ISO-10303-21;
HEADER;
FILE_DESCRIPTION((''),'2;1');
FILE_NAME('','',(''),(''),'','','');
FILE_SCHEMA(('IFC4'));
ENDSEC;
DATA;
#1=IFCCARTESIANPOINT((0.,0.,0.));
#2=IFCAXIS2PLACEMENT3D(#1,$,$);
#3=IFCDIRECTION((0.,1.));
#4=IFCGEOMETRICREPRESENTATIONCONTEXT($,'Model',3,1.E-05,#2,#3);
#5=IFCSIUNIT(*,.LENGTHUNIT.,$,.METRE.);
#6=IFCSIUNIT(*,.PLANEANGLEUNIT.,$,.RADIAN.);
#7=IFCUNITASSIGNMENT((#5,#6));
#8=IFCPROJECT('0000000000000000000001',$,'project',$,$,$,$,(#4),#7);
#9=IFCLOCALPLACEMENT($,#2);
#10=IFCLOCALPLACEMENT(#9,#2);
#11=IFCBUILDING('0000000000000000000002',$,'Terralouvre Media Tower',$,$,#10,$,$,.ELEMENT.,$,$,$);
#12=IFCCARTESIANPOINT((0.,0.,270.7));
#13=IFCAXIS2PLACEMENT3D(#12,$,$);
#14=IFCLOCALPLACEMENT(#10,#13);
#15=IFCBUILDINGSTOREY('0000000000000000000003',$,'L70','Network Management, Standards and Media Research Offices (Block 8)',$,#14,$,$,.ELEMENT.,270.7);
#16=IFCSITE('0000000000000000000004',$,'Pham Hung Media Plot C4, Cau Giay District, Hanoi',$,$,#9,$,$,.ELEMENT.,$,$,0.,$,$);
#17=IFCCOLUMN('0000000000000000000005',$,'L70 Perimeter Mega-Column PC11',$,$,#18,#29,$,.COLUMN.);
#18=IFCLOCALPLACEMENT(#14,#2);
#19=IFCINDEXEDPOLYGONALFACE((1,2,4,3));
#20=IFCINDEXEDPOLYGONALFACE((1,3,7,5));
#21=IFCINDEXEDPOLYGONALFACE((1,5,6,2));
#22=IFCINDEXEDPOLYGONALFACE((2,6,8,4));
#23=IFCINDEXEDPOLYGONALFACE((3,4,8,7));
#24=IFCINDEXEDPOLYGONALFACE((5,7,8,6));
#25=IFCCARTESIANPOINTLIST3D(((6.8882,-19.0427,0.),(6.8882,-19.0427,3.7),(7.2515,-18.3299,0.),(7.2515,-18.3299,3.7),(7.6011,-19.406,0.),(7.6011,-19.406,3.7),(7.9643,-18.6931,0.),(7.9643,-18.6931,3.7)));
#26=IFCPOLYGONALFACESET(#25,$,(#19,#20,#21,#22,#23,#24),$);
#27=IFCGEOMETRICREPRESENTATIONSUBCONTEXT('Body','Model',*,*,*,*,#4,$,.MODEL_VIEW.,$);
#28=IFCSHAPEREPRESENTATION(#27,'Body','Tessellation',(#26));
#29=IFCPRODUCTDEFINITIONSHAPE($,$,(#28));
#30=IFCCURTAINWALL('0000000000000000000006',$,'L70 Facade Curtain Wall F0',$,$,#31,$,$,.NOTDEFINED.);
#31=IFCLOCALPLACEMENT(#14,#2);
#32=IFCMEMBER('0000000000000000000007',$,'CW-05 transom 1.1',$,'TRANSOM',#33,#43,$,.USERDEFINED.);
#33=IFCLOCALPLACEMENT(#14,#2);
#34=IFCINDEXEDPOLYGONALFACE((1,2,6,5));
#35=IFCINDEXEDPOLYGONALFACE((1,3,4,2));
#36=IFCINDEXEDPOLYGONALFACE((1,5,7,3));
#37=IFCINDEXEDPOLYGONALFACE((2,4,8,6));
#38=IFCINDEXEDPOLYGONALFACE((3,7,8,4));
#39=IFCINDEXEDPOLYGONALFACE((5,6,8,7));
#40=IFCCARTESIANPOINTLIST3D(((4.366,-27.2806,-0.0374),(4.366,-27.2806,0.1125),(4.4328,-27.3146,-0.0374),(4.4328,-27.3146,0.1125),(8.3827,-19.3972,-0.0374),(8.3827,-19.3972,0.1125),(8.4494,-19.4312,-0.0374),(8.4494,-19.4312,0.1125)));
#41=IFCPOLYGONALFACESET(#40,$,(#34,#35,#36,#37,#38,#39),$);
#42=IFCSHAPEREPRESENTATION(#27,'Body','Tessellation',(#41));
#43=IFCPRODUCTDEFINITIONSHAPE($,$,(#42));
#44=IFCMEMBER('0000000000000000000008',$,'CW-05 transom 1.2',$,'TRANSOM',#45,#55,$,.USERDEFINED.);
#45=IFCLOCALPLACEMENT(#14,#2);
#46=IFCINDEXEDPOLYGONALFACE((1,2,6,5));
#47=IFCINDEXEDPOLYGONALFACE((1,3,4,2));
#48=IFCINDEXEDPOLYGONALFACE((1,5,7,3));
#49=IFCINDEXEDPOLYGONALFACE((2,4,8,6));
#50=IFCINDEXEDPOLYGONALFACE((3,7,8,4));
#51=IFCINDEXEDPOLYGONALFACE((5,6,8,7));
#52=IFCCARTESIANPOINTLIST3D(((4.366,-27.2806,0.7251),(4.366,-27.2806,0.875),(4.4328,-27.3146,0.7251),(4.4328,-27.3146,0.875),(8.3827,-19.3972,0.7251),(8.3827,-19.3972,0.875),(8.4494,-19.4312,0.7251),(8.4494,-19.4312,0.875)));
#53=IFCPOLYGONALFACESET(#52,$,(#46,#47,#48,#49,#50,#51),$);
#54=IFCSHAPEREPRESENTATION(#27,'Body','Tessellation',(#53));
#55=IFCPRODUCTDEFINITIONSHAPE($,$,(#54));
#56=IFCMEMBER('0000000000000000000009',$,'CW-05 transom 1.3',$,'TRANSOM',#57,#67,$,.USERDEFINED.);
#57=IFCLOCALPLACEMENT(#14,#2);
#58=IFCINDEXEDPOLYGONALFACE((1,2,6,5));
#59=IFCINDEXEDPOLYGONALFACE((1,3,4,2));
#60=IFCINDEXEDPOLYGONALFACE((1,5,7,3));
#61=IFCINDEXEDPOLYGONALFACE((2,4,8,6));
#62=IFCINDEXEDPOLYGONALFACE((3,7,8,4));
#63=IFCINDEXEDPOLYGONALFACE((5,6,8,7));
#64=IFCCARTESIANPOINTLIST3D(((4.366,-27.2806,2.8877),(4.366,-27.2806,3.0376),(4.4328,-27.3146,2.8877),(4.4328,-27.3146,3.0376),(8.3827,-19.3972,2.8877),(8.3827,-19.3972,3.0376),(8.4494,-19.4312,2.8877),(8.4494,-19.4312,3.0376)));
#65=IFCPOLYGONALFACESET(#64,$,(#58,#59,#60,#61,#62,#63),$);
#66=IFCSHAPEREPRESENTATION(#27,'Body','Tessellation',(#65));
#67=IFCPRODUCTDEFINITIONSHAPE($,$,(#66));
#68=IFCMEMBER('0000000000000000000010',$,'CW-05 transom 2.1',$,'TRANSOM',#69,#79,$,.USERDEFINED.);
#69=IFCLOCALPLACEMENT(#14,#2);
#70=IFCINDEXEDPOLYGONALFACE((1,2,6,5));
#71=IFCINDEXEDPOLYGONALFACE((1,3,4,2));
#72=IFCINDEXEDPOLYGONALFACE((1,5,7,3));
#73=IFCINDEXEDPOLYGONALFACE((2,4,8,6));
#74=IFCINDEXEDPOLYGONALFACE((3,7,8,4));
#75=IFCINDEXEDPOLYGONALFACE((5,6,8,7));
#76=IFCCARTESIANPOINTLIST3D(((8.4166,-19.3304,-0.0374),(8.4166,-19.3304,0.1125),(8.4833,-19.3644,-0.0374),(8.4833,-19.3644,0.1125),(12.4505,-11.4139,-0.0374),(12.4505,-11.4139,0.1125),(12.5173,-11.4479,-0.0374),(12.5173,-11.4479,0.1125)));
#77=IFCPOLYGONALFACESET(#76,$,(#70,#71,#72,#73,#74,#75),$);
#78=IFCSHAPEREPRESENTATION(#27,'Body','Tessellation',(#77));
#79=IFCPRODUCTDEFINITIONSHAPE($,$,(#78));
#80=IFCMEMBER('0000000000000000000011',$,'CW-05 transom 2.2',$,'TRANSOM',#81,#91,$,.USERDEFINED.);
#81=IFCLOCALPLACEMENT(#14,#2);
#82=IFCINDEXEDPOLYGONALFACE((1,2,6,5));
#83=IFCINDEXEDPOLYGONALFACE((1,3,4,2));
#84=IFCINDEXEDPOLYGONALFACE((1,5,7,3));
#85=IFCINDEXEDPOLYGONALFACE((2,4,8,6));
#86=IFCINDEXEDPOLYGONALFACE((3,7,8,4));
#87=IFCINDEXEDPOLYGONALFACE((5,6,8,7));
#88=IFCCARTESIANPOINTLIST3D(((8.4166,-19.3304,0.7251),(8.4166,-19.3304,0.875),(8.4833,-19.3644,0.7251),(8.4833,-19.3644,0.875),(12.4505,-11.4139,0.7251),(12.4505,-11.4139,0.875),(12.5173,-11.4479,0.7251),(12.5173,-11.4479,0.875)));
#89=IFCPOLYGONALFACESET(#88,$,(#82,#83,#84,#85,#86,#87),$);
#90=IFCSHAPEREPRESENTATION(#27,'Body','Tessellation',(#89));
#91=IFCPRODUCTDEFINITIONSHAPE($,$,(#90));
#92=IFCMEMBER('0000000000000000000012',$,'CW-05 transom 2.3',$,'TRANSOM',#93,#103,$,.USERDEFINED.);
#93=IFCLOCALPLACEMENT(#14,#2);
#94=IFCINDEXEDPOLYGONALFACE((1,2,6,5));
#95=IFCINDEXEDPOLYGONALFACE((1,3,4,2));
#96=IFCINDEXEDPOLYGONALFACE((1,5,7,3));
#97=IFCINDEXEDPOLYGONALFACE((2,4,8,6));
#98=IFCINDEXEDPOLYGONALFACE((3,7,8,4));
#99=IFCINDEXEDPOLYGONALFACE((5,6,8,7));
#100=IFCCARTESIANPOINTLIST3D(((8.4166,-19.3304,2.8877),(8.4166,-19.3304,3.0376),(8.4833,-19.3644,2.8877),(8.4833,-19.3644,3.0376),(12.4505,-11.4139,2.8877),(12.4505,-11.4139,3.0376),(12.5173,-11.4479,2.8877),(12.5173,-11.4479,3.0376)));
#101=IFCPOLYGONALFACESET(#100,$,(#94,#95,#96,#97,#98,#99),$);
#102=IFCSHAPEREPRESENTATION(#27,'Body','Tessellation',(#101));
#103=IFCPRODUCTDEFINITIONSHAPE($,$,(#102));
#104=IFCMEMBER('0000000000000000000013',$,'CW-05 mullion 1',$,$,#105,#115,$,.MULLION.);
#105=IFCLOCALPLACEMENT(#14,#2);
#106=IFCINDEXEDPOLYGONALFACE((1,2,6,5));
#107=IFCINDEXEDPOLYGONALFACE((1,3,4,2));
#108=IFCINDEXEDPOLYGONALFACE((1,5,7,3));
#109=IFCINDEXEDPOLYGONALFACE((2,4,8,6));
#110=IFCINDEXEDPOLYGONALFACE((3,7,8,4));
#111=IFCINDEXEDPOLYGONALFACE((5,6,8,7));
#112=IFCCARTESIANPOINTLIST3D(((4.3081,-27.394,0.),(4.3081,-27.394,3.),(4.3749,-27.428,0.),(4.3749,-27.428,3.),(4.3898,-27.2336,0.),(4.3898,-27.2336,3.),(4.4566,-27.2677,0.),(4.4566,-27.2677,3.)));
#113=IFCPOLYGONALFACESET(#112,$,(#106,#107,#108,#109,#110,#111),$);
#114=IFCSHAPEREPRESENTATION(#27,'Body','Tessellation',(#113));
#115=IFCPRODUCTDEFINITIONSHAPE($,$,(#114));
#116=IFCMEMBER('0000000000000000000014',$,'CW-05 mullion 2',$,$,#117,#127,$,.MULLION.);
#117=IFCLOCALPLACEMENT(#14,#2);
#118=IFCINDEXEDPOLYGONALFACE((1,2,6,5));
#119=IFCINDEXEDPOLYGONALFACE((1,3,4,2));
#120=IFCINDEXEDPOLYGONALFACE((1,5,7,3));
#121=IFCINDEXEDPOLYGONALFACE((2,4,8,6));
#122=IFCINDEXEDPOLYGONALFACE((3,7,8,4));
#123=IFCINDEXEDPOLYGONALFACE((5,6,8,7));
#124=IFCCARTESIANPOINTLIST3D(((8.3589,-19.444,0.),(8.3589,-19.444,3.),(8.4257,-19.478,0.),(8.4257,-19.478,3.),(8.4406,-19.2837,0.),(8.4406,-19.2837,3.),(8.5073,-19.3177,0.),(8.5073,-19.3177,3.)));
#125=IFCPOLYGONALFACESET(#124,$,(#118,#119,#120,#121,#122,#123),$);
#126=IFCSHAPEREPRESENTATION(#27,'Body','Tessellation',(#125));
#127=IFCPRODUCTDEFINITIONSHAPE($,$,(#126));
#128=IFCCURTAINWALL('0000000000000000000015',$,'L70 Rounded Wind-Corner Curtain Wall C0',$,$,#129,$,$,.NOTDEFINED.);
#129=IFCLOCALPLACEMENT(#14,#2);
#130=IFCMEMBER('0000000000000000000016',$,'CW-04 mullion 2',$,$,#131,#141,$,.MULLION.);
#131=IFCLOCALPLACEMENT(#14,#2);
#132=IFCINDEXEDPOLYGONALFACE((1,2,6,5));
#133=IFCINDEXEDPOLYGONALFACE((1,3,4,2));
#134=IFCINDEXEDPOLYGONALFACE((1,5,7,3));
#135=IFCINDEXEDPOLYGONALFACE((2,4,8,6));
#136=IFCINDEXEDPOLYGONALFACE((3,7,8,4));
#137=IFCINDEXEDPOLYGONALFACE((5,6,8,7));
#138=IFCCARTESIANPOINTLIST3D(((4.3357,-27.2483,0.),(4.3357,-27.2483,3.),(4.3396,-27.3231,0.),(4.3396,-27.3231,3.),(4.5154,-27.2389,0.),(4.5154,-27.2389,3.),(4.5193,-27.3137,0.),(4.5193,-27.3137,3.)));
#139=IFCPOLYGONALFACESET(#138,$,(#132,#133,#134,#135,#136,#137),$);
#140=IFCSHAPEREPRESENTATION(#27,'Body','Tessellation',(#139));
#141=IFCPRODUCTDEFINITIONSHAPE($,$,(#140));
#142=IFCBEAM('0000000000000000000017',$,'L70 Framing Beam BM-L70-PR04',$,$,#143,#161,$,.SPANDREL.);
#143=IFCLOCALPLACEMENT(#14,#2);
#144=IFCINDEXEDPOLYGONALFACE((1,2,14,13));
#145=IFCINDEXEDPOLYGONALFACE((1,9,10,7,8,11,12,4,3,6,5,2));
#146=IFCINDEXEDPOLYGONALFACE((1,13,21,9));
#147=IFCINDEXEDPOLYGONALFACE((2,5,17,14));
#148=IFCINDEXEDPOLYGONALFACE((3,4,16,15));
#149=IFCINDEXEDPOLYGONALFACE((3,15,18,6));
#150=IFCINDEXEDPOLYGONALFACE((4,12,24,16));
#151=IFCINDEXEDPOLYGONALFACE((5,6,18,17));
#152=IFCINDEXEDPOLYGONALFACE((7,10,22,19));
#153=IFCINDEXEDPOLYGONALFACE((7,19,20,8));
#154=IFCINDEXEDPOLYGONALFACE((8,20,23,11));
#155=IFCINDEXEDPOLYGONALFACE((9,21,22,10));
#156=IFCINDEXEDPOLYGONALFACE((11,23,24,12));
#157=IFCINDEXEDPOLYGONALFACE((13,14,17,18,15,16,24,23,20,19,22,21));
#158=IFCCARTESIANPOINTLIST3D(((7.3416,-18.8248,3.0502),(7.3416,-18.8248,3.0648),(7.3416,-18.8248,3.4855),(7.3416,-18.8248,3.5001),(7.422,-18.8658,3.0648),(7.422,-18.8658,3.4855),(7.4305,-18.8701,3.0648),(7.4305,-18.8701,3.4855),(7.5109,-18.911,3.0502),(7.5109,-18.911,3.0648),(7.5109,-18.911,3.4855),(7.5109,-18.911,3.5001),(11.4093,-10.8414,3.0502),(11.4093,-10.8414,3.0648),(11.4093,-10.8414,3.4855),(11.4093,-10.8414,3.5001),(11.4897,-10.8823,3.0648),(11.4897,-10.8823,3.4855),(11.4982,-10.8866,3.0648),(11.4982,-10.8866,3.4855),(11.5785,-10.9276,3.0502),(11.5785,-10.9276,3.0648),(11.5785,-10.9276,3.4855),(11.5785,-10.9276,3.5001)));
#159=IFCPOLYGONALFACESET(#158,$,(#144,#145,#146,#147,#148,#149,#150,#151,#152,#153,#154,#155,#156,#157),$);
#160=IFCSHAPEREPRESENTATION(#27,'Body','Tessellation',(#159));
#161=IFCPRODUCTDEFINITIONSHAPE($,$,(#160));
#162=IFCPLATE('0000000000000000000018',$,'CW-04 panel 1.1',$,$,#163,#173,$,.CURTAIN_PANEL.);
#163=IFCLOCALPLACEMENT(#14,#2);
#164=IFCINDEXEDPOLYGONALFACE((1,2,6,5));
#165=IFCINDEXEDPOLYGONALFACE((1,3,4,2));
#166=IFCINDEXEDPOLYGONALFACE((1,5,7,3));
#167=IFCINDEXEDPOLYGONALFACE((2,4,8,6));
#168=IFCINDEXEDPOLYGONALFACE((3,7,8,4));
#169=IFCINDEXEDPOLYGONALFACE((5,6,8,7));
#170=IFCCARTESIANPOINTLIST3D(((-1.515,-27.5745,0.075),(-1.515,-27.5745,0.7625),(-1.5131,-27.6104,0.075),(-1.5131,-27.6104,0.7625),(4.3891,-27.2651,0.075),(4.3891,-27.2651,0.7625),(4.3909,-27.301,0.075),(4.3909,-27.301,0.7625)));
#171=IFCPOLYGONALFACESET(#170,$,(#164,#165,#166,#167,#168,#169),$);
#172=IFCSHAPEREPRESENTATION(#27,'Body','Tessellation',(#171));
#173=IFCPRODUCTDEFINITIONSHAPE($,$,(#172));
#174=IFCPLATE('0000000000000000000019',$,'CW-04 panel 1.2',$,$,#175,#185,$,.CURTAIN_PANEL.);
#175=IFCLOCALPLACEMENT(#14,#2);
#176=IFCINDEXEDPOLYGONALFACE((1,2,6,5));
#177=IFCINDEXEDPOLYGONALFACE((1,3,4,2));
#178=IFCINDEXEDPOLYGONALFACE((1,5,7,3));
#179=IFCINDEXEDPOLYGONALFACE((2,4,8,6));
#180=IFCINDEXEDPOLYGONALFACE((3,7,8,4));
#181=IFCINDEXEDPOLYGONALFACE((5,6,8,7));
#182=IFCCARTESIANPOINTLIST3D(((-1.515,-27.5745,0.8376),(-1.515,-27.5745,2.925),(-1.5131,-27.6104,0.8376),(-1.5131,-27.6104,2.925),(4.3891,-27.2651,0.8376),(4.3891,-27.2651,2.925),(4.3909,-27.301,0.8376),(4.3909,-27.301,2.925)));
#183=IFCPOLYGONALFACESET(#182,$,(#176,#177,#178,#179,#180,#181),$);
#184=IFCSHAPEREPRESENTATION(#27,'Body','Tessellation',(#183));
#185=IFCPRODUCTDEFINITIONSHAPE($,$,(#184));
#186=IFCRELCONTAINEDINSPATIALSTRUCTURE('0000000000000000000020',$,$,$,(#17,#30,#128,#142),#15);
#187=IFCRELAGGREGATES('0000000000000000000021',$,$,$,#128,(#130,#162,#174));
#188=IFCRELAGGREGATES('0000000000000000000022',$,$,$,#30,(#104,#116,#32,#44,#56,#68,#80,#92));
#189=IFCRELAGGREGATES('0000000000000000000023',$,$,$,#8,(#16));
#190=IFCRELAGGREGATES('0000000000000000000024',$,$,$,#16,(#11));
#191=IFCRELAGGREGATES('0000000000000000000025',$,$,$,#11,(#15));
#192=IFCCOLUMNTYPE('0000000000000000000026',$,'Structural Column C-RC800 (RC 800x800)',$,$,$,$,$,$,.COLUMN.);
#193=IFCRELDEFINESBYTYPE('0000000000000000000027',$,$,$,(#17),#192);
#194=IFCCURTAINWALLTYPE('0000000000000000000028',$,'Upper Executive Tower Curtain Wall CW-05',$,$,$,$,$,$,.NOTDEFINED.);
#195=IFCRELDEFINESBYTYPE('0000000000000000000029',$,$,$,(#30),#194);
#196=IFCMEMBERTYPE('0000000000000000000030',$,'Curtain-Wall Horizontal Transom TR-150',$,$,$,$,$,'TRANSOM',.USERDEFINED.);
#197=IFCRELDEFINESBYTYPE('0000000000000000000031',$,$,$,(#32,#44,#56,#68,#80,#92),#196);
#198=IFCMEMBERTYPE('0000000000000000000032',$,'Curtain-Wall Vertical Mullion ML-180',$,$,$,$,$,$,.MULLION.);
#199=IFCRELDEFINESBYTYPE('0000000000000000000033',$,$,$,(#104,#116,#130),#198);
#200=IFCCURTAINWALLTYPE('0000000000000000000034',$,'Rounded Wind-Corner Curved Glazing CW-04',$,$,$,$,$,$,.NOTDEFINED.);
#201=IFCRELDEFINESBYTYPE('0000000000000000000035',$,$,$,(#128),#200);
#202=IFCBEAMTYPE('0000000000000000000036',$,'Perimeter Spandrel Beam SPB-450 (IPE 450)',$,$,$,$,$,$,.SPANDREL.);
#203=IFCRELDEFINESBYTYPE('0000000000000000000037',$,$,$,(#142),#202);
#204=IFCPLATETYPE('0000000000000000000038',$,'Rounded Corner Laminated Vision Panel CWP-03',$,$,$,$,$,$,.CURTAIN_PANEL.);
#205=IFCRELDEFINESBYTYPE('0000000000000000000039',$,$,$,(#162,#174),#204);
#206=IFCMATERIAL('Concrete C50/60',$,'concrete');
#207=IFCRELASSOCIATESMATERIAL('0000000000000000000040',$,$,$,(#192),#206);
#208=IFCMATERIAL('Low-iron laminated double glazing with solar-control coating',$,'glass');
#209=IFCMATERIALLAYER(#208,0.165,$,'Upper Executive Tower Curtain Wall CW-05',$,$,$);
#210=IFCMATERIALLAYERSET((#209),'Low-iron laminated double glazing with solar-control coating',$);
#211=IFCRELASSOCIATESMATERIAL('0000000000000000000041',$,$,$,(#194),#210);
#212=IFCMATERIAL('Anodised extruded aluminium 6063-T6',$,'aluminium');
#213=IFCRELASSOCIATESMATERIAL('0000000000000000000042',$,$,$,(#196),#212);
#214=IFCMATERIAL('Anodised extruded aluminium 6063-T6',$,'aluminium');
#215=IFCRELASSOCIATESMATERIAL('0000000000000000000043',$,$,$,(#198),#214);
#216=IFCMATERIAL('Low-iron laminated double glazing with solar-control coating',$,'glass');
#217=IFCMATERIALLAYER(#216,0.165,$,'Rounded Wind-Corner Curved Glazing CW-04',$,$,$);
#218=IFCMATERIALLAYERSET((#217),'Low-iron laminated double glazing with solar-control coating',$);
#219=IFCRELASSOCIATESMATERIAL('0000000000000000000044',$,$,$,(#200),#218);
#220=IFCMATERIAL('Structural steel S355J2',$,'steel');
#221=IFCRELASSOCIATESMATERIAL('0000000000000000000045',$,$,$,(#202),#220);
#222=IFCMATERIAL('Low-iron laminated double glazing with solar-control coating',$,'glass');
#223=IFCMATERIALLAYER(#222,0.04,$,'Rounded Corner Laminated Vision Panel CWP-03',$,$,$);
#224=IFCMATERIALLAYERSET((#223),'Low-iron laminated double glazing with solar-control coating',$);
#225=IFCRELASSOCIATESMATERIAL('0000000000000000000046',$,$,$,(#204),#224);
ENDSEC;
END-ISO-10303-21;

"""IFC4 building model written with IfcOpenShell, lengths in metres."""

from ifc_helpers import new_model, si_unit, direction, frame, origin, origin_2d, place, context, subcontext, project, spatial, rectangle, i_section, extrude, material, layer, layer_set, material_profile, profile_set, type_object, element, aggregate, save


model = new_model("IFC4")

# Units and contexts
model_context = context("Model", 3, precision=1e-05, world=origin(), true_north=direction((0.0, 1.0)))
body_context = subcontext(model_context, "Body", "Model", "MODEL_VIEW")
ifc_project = project(units=[si_unit("LENGTHUNIT", "METRE"), si_unit("PLANEANGLEUNIT", "RADIAN")], contexts=[model_context])

# Site, building, storey
site_placement = place(None, origin())
site = spatial("IfcSite", under=ifc_project, at=site_placement, Name="Pham Hung Media Plot C4, Cau Giay District, Hanoi", CompositionType="ELEMENT", RefElevation=0.0)
building_placement = place(site_placement, origin())
building = spatial("IfcBuilding", under=site, at=building_placement, Name="Terralouvre Media Tower", CompositionType="ELEMENT")
storey_placement = place(building_placement, frame((0.0, 0.0, 270.7)))
storey = spatial("IfcBuildingStorey", under=building, at=storey_placement, Name="L70", Description="Network Management, Standards and Media Research Offices (Block 8)", CompositionType="ELEMENT", Elevation=270.7)

# Column
ifc_material_1 = material(Name="Concrete C50/60", Category="concrete")
ifc_material_profile_1 = material_profile(ifc_material_1, rectangle(XDim=0.8, YDim=0.8, at=origin_2d()), Name="RC 800x800")
ifc_profile_set_1 = profile_set([ifc_material_profile_1], Name="Concrete C50/60")
column_type = type_object("IfcColumnType", Name="Structural Column C-RC800 (RC 800x800)", PredefinedType="COLUMN", material=ifc_profile_set_1)
column_placement = place(storey_placement, frame((7.4263, -18.8679, 0.0), z_axis=(0.0, 0.0, 1.0), x_axis=(0.45399, 0.891007, 0.0)))
element("IfcColumn", 1, at=column_placement, inside=storey, type_object=column_type, Name="L70 Perimeter Mega-Column PC11", PredefinedType="COLUMN", context=body_context, shape_type="SweptSolid", body=[
    extrude(rectangle(XDim=0.8, YDim=0.8, at=origin_2d()), origin(), (0.0, 0.0, 1.0), 3.7),
])

# Curtain wall, members
ifc_material_2 = material(Name="Low-iron laminated double glazing with solar-control coating", Category="glass")
ifc_layer_1 = layer(ifc_material_2, 0.165, Name="Upper Executive Tower Curtain Wall CW-05")
ifc_layer_set_1 = layer_set([ifc_layer_1], Name="Low-iron laminated double glazing with solar-control coating")
curtain_wall_type_1 = type_object("IfcCurtainWallType", Name="Upper Executive Tower Curtain Wall CW-05", PredefinedType="NOTDEFINED", material=ifc_layer_set_1)
curtain_wall_1_placement = place(storey_placement, origin())
curtain_wall_1 = element("IfcCurtainWall", 2, at=curtain_wall_1_placement, inside=storey, type_object=curtain_wall_type_1, Name="L70 Facade Curtain Wall F0", PredefinedType="NOTDEFINED")
ifc_material_3 = material(Name="Anodised extruded aluminium 6063-T6", Category="aluminium")
ifc_material_profile_2 = material_profile(ifc_material_3, rectangle(XDim=0.075, YDim=0.1499, at=origin_2d()), Name="ALU 75x150")
ifc_profile_set_2 = profile_set([ifc_material_profile_2], Name="Anodised extruded aluminium 6063-T6")
member_type_1 = type_object("IfcMemberType", Name="Curtain-Wall Horizontal Transom TR-150", ElementType="TRANSOM", PredefinedType="USERDEFINED", material=ifc_profile_set_2)
member_1_placement = place(storey_placement, frame((4.3994, -27.2976, 0.0376), z_axis=(0.453978, 0.891013, 0.0), x_axis=(-0.891013, 0.453978, 0.0)))
member_1 = element("IfcMember", 3, at=member_1_placement, type_object=member_type_1, Name="CW-05 transom 1.1", ObjectType="TRANSOM", PredefinedType="USERDEFINED", context=body_context, shape_type="SweptSolid", body=[
    extrude(rectangle(XDim=0.075, YDim=0.1499, at=origin_2d()), origin(), (0.0, 0.0, 1.0), 8.8477),
])
member_2_placement = place(storey_placement, frame((4.3994, -27.2976, 0.8), z_axis=(0.453978, 0.891013, 0.0), x_axis=(-0.891013, 0.453978, 0.0)))
member_2 = element("IfcMember", 4, at=member_2_placement, type_object=member_type_1, Name="CW-05 transom 1.2", ObjectType="TRANSOM", PredefinedType="USERDEFINED", context=body_context, shape_type="SweptSolid", body=[
    extrude(rectangle(XDim=0.075, YDim=0.1499, at=origin_2d()), origin(), (0.0, 0.0, 1.0), 8.8477),
])
member_3_placement = place(storey_placement, frame((4.3994, -27.2976, 2.9626), z_axis=(0.453978, 0.891013, 0.0), x_axis=(-0.891013, 0.453978, 0.0)))
member_3 = element("IfcMember", 5, at=member_3_placement, type_object=member_type_1, Name="CW-05 transom 1.3", ObjectType="TRANSOM", PredefinedType="USERDEFINED", context=body_context, shape_type="SweptSolid", body=[
    extrude(rectangle(XDim=0.075, YDim=0.1499, at=origin_2d()), origin(), (0.0, 0.0, 1.0), 8.8477),
])
member_4_placement = place(storey_placement, frame((8.45, -19.3474, 0.0376), z_axis=(0.454015, 0.890994, 0.0), x_axis=(-0.890994, 0.454015, 0.0)))
member_4 = element("IfcMember", 6, at=member_4_placement, type_object=member_type_1, Name="CW-05 transom 2.1", ObjectType="TRANSOM", PredefinedType="USERDEFINED", context=body_context, shape_type="SweptSolid", body=[
    extrude(rectangle(XDim=0.075, YDim=0.1499, at=origin_2d()), origin(), (0.0, 0.0, 1.0), 8.885),
])
member_5_placement = place(storey_placement, frame((8.45, -19.3474, 0.8), z_axis=(0.454015, 0.890994, 0.0), x_axis=(-0.890994, 0.454015, 0.0)))
member_5 = element("IfcMember", 7, at=member_5_placement, type_object=member_type_1, Name="CW-05 transom 2.2", ObjectType="TRANSOM", PredefinedType="USERDEFINED", context=body_context, shape_type="SweptSolid", body=[
    extrude(rectangle(XDim=0.075, YDim=0.1499, at=origin_2d()), origin(), (0.0, 0.0, 1.0), 8.885),
])
member_6_placement = place(storey_placement, frame((8.45, -19.3474, 2.9626), z_axis=(0.454015, 0.890994, 0.0), x_axis=(-0.890994, 0.454015, 0.0)))
member_6 = element("IfcMember", 8, at=member_6_placement, type_object=member_type_1, Name="CW-05 transom 2.3", ObjectType="TRANSOM", PredefinedType="USERDEFINED", context=body_context, shape_type="SweptSolid", body=[
    extrude(rectangle(XDim=0.075, YDim=0.1499, at=origin_2d()), origin(), (0.0, 0.0, 1.0), 8.885),
])
ifc_material_4 = material(Name="Anodised extruded aluminium 6063-T6", Category="aluminium")
ifc_material_profile_3 = material_profile(ifc_material_4, rectangle(XDim=0.075, YDim=0.1799, at=origin_2d()), Name="ALU 75x180")
ifc_profile_set_3 = profile_set([ifc_material_profile_3], Name="Anodised extruded aluminium 6063-T6")
member_type_2 = type_object("IfcMemberType", Name="Curtain-Wall Vertical Mullion ML-180", PredefinedType="MULLION", material=ifc_profile_set_3)
member_7_placement = place(storey_placement, frame((4.3823, -27.3308, 0.0), z_axis=(0.0, 0.0, 1.0), x_axis=(-0.891007, 0.45399, 0.0)))
member_7 = element("IfcMember", 9, at=member_7_placement, type_object=member_type_2, Name="CW-05 mullion 1", PredefinedType="MULLION", context=body_context, shape_type="SweptSolid", body=[
    extrude(rectangle(XDim=0.075, YDim=0.1799, at=origin_2d()), origin(), (0.0, 0.0, 1.0), 3.0),
])
member_8_placement = place(storey_placement, frame((8.4331, -19.3809, 0.0), z_axis=(0.0, 0.0, 1.0), x_axis=(-0.891007, 0.45399, 0.0)))
member_8 = element("IfcMember", 10, at=member_8_placement, type_object=member_type_2, Name="CW-05 mullion 2", PredefinedType="MULLION", context=body_context, shape_type="SweptSolid", body=[
    extrude(rectangle(XDim=0.075, YDim=0.1799, at=origin_2d()), origin(), (0.0, 0.0, 1.0), 3.0),
])

# Curtain wall, member
ifc_material_5 = material(Name="Low-iron laminated double glazing with solar-control coating", Category="glass")
ifc_layer_2 = layer(ifc_material_5, 0.165, Name="Rounded Wind-Corner Curved Glazing CW-04")
ifc_layer_set_2 = layer_set([ifc_layer_2], Name="Low-iron laminated double glazing with solar-control coating")
curtain_wall_type_2 = type_object("IfcCurtainWallType", Name="Rounded Wind-Corner Curved Glazing CW-04", PredefinedType="NOTDEFINED", material=ifc_layer_set_2)
curtain_wall_2_placement = place(storey_placement, origin())
curtain_wall_2 = element("IfcCurtainWall", 11, at=curtain_wall_2_placement, inside=storey, type_object=curtain_wall_type_2, Name="L70 Rounded Wind-Corner Curtain Wall C0", PredefinedType="NOTDEFINED")
member_9_placement = place(storey_placement, frame((4.4275, -27.281, 0.0), z_axis=(0.0, 0.0, 1.0), x_axis=(-0.052336, 0.99863, 0.0)))
member_9 = element("IfcMember", 12, at=member_9_placement, type_object=member_type_2, Name="CW-04 mullion 2", PredefinedType="MULLION", context=body_context, shape_type="SweptSolid", body=[
    extrude(rectangle(XDim=0.075, YDim=0.1799, at=origin_2d()), origin(), (0.0, 0.0, 1.0), 3.0),
])

# Beam
ifc_material_6 = material(Name="Structural steel S355J2", Category="steel")
ifc_material_profile_4 = material_profile(ifc_material_6, i_section(OverallWidth=0.1899, OverallDepth=0.45, WebThickness=0.0095, FlangeThickness=0.0146, at=origin_2d()), Name="IPE 450")
ifc_profile_set_4 = profile_set([ifc_material_profile_4], Name="Structural steel S355J2")
beam_type = type_object("IfcBeamType", Name="Perimeter Spandrel Beam SPB-450 (IPE 450)", PredefinedType="SPANDREL", material=ifc_profile_set_4)
beam_placement = place(storey_placement, frame((7.4263, -18.8679, 3.2751), z_axis=(0.45398, 0.891012, 0.0), x_axis=(-0.891012, 0.45398, 0.0)))
element("IfcBeam", 13, at=beam_placement, inside=storey, type_object=beam_type, Name="L70 Framing Beam BM-L70-PR04", PredefinedType="SPANDREL", context=body_context, shape_type="SweptSolid", body=[
    extrude(i_section(OverallWidth=0.1899, OverallDepth=0.45, WebThickness=0.0095, FlangeThickness=0.0146, at=origin_2d()), origin(), (0.0, 0.0, 1.0), 8.96),
])

# Plates
ifc_material_7 = material(Name="Low-iron laminated double glazing with solar-control coating", Category="glass")
ifc_layer_3 = layer(ifc_material_7, 0.04, Name="Rounded Corner Laminated Vision Panel CWP-03")
ifc_layer_set_3 = layer_set([ifc_layer_3], Name="Low-iron laminated double glazing with solar-control coating")
plate_type_1 = type_object("IfcPlateType", Name="Rounded Corner Laminated Vision Panel CWP-03", PredefinedType="CURTAIN_PANEL", material=ifc_layer_set_3)
plate_1_placement = place(storey_placement, frame((1.438, -27.4377, 0.075), z_axis=(0.0, 0.0, 1.0), x_axis=(0.99863, 0.052336, 0.0)))
plate_1 = element("IfcPlate", 14, at=plate_1_placement, type_object=plate_type_1, Name="CW-04 panel 1.1", PredefinedType="CURTAIN_PANEL", context=body_context, shape_type="SweptSolid", body=[
    extrude(rectangle(XDim=5.9121, YDim=0.0359, at=origin_2d()), origin(), (0.0, 0.0, 1.0), 0.6875),
])
plate_2_placement = place(storey_placement, frame((1.438, -27.4377, 0.8376), z_axis=(0.0, 0.0, 1.0), x_axis=(0.99863, 0.052336, 0.0)))
plate_2 = element("IfcPlate", 15, at=plate_2_placement, type_object=plate_type_1, Name="CW-04 panel 1.2", PredefinedType="CURTAIN_PANEL", context=body_context, shape_type="SweptSolid", body=[
    extrude(rectangle(XDim=5.9121, YDim=0.0359, at=origin_2d()), origin(), (0.0, 0.0, 1.0), 2.0874),
])
aggregate(curtain_wall_2, [member_9, plate_1, plate_2])
aggregate(curtain_wall_1, [member_7, member_8, member_1, member_2, member_3, member_4, member_5, member_6])

save(model, "model.ifc")
